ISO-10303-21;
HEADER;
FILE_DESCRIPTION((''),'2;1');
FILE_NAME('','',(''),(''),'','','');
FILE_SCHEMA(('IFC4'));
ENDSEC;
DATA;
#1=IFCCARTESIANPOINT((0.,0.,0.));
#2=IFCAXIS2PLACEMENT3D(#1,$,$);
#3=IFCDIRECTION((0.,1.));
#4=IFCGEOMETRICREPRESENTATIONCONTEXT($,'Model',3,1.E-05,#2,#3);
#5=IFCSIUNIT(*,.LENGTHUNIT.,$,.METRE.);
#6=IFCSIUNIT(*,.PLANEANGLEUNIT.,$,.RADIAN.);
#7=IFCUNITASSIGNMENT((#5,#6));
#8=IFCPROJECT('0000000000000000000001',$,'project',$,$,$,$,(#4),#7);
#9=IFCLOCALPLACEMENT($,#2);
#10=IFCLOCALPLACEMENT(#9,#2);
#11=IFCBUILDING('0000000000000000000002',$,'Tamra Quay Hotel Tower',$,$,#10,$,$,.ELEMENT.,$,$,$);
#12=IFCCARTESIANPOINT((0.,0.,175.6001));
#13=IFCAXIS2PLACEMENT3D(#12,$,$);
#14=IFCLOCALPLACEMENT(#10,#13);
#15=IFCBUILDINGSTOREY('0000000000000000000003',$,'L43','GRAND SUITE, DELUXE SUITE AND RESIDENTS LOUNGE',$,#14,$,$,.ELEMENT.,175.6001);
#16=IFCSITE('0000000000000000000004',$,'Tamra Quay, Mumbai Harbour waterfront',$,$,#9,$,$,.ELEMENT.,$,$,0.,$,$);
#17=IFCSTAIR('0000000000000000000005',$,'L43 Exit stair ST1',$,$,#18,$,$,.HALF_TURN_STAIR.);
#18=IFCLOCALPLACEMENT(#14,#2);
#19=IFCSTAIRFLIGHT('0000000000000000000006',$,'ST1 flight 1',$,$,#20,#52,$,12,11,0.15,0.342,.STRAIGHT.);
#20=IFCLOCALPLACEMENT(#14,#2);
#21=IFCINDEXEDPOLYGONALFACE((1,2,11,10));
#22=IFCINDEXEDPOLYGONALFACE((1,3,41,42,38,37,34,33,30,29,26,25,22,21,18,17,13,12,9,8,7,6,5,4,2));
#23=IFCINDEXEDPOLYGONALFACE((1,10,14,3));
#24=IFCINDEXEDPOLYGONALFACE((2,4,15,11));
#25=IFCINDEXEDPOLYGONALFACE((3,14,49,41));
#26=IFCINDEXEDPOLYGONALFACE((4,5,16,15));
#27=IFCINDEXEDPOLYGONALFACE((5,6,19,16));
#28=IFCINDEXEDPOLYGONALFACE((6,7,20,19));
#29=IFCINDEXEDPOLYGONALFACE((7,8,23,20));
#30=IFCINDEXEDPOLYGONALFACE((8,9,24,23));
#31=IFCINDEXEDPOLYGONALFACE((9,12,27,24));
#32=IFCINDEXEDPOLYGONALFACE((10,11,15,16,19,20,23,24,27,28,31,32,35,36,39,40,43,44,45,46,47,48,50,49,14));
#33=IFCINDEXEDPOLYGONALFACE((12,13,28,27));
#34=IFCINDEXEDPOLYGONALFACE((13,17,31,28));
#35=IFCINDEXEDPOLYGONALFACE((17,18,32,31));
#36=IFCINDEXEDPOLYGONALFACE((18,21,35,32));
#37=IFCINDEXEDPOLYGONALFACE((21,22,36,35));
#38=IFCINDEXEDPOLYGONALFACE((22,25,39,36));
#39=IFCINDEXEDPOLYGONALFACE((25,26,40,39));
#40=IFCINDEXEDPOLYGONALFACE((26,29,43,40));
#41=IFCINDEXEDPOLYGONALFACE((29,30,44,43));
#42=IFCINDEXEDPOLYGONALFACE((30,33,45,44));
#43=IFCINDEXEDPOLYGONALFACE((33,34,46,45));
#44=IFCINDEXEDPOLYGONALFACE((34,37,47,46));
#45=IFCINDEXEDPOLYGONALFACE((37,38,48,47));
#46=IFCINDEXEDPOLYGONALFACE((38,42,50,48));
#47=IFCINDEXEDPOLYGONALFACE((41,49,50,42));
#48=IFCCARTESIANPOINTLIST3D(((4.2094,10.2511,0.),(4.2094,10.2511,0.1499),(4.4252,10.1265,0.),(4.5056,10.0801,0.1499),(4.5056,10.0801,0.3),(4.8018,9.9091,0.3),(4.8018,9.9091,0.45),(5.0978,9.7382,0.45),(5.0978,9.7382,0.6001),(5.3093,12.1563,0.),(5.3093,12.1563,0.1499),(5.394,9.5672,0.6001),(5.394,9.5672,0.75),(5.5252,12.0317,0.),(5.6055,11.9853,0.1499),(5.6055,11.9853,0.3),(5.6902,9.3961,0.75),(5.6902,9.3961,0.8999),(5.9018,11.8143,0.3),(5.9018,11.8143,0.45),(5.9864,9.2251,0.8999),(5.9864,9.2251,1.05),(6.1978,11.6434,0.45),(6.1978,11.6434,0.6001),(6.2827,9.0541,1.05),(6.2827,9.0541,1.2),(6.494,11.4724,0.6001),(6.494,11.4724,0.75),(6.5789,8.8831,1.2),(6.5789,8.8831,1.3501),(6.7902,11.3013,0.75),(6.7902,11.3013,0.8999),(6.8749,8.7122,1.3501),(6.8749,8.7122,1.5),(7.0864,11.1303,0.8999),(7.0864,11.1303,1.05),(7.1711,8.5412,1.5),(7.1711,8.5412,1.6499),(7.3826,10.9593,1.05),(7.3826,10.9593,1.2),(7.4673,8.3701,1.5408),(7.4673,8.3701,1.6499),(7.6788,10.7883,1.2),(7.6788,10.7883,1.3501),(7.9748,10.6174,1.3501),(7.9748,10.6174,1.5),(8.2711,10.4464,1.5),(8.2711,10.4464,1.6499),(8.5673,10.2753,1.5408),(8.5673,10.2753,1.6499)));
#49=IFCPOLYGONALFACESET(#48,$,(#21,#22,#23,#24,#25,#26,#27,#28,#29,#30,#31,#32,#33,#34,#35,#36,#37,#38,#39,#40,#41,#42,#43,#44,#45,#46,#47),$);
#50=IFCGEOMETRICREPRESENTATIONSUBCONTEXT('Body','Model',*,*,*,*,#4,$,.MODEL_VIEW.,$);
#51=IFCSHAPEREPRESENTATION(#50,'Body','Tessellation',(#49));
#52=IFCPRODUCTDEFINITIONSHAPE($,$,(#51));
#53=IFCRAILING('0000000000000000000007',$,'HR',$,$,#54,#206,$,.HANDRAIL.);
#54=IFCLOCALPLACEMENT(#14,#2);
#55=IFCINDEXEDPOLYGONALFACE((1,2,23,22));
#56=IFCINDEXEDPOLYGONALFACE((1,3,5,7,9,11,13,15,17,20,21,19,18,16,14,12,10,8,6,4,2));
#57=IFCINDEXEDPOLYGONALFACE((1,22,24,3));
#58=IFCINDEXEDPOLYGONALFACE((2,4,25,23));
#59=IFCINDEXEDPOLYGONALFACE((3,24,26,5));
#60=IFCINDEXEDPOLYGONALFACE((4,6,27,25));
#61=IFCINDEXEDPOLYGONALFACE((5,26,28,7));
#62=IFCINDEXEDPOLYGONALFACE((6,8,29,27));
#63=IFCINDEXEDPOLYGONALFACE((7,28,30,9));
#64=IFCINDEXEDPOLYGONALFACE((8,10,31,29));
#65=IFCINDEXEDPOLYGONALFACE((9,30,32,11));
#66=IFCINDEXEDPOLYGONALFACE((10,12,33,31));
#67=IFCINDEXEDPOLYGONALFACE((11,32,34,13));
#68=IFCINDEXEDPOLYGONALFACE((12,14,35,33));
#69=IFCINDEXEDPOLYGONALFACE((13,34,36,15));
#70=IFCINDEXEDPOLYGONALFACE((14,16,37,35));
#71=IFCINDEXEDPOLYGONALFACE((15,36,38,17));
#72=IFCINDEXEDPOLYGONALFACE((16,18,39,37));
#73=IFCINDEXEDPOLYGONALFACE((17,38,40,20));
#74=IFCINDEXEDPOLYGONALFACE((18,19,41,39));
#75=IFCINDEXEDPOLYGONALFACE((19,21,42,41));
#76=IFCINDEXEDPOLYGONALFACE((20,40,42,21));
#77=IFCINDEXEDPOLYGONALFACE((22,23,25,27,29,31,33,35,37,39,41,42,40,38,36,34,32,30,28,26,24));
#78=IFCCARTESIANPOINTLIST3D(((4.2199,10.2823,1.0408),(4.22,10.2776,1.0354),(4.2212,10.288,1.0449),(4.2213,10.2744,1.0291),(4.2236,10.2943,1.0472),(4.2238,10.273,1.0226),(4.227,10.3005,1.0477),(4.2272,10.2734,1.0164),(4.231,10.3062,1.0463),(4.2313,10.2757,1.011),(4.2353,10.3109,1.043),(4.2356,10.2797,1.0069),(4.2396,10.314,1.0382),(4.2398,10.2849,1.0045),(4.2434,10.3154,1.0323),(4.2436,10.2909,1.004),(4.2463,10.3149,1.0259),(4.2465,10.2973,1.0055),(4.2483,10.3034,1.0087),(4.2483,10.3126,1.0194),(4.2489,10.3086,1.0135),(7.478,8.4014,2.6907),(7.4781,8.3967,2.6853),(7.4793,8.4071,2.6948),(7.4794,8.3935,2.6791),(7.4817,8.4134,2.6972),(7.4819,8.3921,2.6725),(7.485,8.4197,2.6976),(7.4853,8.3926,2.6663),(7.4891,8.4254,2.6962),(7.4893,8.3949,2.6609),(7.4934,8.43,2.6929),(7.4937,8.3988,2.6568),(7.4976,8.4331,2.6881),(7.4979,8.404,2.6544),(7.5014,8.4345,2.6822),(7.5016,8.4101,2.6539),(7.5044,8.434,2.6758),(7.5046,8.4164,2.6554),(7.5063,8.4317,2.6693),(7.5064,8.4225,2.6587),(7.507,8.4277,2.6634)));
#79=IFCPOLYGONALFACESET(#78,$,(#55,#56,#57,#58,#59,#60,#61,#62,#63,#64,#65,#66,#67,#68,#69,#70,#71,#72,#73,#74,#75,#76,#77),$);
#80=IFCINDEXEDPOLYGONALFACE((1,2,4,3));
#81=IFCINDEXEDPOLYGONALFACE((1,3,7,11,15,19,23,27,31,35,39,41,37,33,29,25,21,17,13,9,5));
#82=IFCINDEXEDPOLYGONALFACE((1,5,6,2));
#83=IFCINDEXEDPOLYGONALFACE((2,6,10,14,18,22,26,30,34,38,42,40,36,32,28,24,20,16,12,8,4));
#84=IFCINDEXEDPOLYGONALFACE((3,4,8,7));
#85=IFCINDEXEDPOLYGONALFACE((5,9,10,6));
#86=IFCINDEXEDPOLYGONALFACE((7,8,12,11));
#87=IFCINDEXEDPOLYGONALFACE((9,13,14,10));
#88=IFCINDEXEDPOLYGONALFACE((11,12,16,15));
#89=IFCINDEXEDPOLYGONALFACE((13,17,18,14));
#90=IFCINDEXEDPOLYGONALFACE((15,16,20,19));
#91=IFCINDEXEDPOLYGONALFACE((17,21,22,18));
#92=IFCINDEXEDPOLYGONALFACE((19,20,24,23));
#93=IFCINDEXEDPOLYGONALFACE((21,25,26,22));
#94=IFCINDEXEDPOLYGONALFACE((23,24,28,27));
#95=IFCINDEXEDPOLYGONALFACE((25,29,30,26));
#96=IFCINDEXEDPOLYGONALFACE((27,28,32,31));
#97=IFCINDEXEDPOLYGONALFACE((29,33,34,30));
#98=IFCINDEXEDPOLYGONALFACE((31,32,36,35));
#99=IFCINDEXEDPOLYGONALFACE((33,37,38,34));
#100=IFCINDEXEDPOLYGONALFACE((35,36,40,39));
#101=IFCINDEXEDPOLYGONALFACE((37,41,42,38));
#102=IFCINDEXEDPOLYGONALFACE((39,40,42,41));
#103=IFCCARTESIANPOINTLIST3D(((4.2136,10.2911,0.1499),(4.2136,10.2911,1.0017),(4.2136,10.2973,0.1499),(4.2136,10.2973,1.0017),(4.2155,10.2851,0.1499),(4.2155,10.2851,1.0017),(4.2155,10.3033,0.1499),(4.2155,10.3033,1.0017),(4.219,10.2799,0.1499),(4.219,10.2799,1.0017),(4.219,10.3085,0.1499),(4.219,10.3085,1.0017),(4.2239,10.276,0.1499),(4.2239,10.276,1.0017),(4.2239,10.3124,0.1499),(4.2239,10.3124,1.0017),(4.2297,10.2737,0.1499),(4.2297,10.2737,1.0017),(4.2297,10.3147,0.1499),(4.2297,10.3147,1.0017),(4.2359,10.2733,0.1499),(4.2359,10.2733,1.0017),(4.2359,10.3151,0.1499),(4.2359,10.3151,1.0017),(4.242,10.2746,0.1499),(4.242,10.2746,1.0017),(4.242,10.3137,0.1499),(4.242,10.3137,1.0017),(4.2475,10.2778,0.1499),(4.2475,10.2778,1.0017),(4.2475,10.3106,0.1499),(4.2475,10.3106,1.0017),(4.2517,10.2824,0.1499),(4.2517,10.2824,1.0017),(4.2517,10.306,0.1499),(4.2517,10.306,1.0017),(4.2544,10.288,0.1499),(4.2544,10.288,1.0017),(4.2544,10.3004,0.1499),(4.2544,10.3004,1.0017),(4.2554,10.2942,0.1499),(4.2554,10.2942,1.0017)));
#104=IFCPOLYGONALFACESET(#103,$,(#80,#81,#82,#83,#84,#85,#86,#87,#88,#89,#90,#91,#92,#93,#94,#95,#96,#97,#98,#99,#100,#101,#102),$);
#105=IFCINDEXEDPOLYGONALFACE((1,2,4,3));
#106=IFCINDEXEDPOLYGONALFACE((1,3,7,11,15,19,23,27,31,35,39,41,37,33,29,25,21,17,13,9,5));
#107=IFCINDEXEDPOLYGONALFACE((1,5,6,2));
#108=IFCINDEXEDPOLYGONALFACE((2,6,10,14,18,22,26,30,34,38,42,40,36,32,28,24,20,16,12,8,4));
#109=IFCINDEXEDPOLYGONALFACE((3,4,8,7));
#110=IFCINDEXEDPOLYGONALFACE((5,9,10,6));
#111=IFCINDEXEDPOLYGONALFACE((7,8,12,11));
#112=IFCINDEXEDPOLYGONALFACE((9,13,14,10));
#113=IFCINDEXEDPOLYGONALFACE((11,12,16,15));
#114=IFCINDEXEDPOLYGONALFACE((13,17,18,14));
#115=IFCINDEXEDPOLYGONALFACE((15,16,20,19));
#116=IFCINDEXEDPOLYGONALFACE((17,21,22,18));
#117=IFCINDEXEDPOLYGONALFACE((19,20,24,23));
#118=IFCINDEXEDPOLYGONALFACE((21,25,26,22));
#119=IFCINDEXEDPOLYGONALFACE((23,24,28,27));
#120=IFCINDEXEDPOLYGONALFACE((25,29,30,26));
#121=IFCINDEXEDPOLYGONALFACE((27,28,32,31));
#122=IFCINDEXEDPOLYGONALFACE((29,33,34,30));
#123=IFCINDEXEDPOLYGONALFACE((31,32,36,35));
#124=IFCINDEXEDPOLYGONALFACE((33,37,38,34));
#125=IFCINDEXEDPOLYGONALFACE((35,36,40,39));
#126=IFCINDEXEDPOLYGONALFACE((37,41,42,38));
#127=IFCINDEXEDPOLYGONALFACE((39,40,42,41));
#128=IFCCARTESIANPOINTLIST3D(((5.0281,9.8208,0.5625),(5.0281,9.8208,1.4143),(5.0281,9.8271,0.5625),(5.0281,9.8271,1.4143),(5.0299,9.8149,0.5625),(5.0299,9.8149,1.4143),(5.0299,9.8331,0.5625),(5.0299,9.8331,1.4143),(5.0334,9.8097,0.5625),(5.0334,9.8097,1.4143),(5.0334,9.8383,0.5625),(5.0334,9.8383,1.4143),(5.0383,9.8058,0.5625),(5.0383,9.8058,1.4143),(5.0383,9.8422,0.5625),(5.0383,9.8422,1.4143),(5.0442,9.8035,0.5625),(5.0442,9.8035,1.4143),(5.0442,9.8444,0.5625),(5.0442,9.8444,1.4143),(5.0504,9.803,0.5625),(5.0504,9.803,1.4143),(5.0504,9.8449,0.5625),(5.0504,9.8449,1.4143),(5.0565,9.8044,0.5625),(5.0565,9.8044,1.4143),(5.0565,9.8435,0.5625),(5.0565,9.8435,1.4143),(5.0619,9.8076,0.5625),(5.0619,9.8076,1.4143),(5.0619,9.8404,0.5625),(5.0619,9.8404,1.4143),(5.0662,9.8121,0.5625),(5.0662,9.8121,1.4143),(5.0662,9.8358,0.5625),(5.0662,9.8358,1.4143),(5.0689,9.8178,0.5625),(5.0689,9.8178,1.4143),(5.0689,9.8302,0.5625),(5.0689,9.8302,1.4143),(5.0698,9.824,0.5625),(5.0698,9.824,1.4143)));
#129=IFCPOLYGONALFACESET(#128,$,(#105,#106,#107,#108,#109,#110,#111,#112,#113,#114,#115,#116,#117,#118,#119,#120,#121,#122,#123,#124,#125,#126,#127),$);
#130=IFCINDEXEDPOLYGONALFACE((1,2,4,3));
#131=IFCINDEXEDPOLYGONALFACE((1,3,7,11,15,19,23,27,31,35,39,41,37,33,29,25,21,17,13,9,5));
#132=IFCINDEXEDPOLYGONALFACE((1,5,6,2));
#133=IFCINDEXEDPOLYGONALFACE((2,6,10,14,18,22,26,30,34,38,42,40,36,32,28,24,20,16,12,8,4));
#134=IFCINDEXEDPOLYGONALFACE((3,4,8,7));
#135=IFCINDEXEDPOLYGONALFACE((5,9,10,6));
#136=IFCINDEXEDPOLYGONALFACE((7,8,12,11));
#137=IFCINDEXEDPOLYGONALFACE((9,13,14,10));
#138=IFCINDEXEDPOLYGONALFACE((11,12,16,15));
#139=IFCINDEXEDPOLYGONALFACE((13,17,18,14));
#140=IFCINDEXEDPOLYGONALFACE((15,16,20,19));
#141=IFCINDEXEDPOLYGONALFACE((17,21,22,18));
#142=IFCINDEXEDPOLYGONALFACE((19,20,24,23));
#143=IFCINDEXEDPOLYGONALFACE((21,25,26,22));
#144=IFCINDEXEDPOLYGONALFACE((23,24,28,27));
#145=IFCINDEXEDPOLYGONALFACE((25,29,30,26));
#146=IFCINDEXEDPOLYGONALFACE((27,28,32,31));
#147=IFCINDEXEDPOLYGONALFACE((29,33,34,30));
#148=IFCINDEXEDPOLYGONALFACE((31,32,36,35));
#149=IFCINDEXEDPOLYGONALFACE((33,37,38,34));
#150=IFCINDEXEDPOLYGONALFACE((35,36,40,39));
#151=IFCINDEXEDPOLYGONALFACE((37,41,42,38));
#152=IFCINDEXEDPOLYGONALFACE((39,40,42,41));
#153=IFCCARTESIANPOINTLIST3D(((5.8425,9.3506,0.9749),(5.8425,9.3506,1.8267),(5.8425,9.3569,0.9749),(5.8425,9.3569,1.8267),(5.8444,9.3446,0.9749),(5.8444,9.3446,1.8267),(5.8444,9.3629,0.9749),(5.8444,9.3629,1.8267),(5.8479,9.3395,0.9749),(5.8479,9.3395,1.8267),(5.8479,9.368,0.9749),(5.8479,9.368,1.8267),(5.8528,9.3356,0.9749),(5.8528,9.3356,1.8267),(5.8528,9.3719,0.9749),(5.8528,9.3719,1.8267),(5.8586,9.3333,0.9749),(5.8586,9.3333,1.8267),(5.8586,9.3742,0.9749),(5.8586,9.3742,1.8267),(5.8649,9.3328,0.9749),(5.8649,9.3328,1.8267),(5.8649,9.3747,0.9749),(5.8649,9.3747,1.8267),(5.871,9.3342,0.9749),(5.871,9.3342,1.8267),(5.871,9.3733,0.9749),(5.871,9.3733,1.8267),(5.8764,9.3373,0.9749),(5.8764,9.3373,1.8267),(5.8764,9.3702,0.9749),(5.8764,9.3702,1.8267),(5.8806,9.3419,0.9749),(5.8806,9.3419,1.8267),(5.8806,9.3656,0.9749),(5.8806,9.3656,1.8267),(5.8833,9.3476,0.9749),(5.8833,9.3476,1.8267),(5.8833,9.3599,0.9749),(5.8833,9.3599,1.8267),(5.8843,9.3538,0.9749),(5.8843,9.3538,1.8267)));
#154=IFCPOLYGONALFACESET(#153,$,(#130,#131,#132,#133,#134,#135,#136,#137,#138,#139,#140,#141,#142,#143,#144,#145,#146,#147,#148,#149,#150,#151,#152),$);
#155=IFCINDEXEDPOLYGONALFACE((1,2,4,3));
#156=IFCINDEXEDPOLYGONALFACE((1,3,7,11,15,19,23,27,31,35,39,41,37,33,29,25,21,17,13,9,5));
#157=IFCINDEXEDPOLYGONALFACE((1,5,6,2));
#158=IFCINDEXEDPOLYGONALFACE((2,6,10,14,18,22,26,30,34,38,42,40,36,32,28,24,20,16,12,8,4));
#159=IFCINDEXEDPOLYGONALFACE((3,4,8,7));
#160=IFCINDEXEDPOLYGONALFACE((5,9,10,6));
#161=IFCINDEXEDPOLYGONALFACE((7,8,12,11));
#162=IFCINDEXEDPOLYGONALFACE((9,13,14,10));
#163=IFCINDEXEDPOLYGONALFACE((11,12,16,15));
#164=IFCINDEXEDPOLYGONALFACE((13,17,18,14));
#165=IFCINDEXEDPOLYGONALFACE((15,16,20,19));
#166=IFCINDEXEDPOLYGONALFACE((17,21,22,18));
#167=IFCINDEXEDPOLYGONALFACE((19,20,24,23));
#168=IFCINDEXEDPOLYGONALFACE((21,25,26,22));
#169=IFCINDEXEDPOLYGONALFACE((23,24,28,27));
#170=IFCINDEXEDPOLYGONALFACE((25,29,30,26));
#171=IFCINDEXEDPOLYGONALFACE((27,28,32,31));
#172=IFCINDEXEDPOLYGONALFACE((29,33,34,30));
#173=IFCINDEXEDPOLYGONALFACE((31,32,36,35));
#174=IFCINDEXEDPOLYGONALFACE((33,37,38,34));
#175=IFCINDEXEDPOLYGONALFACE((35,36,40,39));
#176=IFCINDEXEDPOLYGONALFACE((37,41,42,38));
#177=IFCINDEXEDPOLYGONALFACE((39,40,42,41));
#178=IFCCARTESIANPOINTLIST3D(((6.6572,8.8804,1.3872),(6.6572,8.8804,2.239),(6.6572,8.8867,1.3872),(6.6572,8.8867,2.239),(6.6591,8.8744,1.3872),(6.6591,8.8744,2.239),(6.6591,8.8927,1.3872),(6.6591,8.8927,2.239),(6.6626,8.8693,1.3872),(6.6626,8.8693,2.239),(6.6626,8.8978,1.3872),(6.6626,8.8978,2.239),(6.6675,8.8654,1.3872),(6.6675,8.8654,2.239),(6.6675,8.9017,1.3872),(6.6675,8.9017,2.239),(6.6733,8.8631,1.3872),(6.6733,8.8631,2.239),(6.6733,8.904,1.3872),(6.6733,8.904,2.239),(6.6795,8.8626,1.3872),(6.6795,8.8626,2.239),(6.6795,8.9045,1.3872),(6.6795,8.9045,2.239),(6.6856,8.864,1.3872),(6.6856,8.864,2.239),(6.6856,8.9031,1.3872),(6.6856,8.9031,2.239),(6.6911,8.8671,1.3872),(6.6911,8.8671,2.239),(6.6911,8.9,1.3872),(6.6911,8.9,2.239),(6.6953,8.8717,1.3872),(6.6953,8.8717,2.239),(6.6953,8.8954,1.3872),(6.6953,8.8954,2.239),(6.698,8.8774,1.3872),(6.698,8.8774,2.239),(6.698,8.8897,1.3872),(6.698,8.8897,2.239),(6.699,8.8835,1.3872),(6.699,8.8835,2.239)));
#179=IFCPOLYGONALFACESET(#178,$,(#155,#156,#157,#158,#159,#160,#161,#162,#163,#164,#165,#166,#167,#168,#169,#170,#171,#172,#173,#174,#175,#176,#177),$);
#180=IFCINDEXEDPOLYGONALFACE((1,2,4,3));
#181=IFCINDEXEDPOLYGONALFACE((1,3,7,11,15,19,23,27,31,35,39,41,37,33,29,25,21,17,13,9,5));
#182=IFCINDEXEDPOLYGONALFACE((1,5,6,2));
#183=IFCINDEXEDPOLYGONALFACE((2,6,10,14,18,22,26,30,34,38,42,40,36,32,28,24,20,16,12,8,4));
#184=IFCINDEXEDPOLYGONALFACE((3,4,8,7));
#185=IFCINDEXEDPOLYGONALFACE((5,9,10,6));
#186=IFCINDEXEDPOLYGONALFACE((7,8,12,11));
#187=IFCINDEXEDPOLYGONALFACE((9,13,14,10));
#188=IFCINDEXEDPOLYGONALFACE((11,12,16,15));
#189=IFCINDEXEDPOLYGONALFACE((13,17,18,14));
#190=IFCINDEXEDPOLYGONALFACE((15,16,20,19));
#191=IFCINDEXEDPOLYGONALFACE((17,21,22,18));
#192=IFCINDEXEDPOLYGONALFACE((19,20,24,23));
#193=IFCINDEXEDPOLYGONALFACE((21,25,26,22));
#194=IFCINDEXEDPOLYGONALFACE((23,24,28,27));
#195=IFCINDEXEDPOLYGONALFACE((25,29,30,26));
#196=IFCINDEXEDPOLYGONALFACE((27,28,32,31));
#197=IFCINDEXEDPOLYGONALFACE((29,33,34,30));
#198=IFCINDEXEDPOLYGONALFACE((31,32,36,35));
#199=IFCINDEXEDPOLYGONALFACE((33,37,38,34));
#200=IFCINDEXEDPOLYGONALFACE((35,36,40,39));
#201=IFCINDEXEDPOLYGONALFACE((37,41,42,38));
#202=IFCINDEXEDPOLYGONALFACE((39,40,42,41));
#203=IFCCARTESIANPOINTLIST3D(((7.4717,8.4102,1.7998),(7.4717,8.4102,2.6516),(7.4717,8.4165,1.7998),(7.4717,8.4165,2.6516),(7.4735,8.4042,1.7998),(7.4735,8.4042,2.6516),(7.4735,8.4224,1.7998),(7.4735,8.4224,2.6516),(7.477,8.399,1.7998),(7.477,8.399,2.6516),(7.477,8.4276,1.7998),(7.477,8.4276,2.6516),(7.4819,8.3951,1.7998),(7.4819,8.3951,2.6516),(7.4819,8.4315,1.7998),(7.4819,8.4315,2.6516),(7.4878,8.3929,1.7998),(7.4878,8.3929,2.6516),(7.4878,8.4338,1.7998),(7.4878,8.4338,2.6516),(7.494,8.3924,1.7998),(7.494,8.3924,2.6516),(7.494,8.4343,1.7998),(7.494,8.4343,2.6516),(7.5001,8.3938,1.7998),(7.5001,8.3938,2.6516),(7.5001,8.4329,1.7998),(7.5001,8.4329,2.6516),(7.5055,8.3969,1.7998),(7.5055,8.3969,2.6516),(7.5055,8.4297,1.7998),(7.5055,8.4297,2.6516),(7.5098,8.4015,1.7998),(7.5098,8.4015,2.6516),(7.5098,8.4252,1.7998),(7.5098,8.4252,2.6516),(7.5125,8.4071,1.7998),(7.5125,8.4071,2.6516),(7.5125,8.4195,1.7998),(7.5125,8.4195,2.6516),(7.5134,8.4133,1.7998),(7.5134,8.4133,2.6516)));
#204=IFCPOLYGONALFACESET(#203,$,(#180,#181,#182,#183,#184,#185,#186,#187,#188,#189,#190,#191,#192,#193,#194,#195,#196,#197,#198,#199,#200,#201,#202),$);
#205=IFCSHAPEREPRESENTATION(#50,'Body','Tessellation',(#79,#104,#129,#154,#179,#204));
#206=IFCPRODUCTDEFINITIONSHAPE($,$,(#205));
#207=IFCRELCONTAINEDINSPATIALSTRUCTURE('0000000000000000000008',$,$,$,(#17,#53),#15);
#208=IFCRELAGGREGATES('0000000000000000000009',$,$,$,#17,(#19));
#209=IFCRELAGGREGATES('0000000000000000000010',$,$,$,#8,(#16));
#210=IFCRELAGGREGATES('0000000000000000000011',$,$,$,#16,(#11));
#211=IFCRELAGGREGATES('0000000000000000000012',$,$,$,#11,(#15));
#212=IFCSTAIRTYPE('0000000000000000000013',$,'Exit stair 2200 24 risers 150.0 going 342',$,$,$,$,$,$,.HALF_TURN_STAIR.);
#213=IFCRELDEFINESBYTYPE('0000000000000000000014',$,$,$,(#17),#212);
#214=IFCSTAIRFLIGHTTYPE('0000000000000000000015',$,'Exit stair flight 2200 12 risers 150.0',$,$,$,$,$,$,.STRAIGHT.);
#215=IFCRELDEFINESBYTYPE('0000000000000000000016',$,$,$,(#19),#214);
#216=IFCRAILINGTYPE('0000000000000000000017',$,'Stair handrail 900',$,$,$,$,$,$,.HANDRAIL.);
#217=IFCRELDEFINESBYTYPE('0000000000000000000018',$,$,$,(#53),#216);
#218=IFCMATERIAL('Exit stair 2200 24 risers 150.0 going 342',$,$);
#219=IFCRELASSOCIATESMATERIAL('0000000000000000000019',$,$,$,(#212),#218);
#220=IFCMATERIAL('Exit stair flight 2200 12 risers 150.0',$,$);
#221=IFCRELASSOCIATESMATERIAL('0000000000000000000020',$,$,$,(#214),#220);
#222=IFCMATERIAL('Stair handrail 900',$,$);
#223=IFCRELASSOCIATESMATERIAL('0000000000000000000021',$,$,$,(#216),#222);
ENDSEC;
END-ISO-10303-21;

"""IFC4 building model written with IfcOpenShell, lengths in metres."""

from ifc_helpers import new_model, si_unit, direction, frame, origin, origin_2d, place, context, subcontext, project, spatial, polyline, circle, outline, extrude, material, type_object, element, aggregate, save


model = new_model("IFC4")

# Units and contexts
model_context = context("Model", 3, precision=1e-05, world=origin(), true_north=direction((0.0, 1.0)))
body_context = subcontext(model_context, "Body", "Model", "MODEL_VIEW")
ifc_project = project(units=[si_unit("LENGTHUNIT", "METRE"), si_unit("PLANEANGLEUNIT", "RADIAN")], contexts=[model_context])

# Site, building, storey
site_placement = place(None, origin())
site = spatial("IfcSite", under=ifc_project, at=site_placement, Name="Tamra Quay, Mumbai Harbour waterfront", CompositionType="ELEMENT", RefElevation=0.0)
building_placement = place(site_placement, origin())
building = spatial("IfcBuilding", under=site, at=building_placement, Name="Tamra Quay Hotel Tower", CompositionType="ELEMENT")
storey_placement = place(building_placement, frame((0.0, 0.0, 175.6001)))
storey = spatial("IfcBuildingStorey", under=building, at=storey_placement, Name="L43", Description="GRAND SUITE, DELUXE SUITE AND RESIDENTS LOUNGE", CompositionType="ELEMENT", Elevation=175.6001)

# Stair, stair flight
ifc_material_1 = material(Name="Exit stair 2200 24 risers 150.0 going 342")
stair_type = type_object("IfcStairType", Name="Exit stair 2200 24 risers 150.0 going 342", PredefinedType="HALF_TURN_STAIR", material=ifc_material_1)
stair_placement = place(storey_placement, origin())
stair = element("IfcStair", 1, at=stair_placement, inside=storey, type_object=stair_type, Name="L43 Exit stair ST1", PredefinedType="HALF_TURN_STAIR")
ifc_material_2 = material(Name="Exit stair flight 2200 12 risers 150.0")
stair_flight_type = type_object("IfcStairFlightType", Name="Exit stair flight 2200 12 risers 150.0", PredefinedType="STRAIGHT", material=ifc_material_2)
stair_flight_placement = place(storey_placement, frame((4.7593, 11.2036, 0.0), z_axis=(0.0, 0.0, 1.0), x_axis=(0.866025, -0.5, 0.0)))
stair_flight = element("IfcStairFlight", 2, at=stair_flight_placement, type_object=stair_flight_type, Name="ST1 flight 1", NumberOfRisers=12, NumberOfTreads=11, PredefinedType="STRAIGHT", RiserHeight=0.15, TreadLength=0.342, context=body_context, shape_type="SweptSolid", body=[
    extrude(outline(polyline([(0.0, 0.0), (0.0, 0.1499), (0.342, 0.1499), (0.342, 0.3), (0.6841, 0.3), (0.6841, 0.45), (1.0259, 0.45), (1.0259, 0.6001), (1.3679, 0.6001), (1.3679, 0.75), (1.71, 0.75), (1.71, 0.8999), (2.052, 0.8999), (2.052, 1.05), (2.394, 1.05), (2.394, 1.2), (2.7361, 1.2), (2.7361, 1.3501), (3.0779, 1.3501), (3.0779, 1.5), (3.4199, 1.5), (3.4199, 1.6499), (3.762, 1.6499), (3.762, 1.8), (3.762, 1.5408), (0.2493, 0.0), (0.0, 0.0)])), frame((0.0, 1.1001, 0.0), z_axis=(0.0, -1.0, 0.0), x_axis=(1.0, 0.0, 0.0)), (0.0, 0.0, 1.0), 2.2),
])
aggregate(stair, [stair_flight])

# Railing
ifc_material_3 = material(Name="Stair handrail 900")
railing_type = type_object("IfcRailingType", Name="Stair handrail 900", PredefinedType="HANDRAIL", material=ifc_material_3)
railing_placement = place(storey_placement, frame((4.2344, 10.2942, 0.1499)))
element("IfcRailing", 3, at=railing_placement, inside=storey, type_object=railing_type, Name="HR", PredefinedType="HANDRAIL", context=body_context, shape_type="SweptSolid", body=[
    extrude(circle(Radius=0.0239, at=origin_2d()), frame((0.0, 0.0, 0.876), z_axis=(0.793122, -0.457865, 0.401642), x_axis=(0.499964, 0.866046, 0.0)), (0.0, 0.0, 1.0), 4.1079),
    extrude(circle(Radius=0.021, at=origin_2d()), origin(), (0.0, 0.0, 1.0), 0.8518),
    extrude(circle(Radius=0.021, at=origin_2d()), frame((0.8145, -0.4702, 0.4126)), (0.0, 0.0, 1.0), 0.8518),
    extrude(circle(Radius=0.021, at=origin_2d()), frame((1.6289, -0.9404, 0.825)), (0.0, 0.0, 1.0), 0.8518),
    extrude(circle(Radius=0.021, at=origin_2d()), frame((2.4436, -1.4106, 1.2373)), (0.0, 0.0, 1.0), 0.8518),
    extrude(circle(Radius=0.021, at=origin_2d()), frame((3.2581, -1.8809, 1.6499)), (0.0, 0.0, 1.0), 0.8518),
])

save(model, "model.ifc")
